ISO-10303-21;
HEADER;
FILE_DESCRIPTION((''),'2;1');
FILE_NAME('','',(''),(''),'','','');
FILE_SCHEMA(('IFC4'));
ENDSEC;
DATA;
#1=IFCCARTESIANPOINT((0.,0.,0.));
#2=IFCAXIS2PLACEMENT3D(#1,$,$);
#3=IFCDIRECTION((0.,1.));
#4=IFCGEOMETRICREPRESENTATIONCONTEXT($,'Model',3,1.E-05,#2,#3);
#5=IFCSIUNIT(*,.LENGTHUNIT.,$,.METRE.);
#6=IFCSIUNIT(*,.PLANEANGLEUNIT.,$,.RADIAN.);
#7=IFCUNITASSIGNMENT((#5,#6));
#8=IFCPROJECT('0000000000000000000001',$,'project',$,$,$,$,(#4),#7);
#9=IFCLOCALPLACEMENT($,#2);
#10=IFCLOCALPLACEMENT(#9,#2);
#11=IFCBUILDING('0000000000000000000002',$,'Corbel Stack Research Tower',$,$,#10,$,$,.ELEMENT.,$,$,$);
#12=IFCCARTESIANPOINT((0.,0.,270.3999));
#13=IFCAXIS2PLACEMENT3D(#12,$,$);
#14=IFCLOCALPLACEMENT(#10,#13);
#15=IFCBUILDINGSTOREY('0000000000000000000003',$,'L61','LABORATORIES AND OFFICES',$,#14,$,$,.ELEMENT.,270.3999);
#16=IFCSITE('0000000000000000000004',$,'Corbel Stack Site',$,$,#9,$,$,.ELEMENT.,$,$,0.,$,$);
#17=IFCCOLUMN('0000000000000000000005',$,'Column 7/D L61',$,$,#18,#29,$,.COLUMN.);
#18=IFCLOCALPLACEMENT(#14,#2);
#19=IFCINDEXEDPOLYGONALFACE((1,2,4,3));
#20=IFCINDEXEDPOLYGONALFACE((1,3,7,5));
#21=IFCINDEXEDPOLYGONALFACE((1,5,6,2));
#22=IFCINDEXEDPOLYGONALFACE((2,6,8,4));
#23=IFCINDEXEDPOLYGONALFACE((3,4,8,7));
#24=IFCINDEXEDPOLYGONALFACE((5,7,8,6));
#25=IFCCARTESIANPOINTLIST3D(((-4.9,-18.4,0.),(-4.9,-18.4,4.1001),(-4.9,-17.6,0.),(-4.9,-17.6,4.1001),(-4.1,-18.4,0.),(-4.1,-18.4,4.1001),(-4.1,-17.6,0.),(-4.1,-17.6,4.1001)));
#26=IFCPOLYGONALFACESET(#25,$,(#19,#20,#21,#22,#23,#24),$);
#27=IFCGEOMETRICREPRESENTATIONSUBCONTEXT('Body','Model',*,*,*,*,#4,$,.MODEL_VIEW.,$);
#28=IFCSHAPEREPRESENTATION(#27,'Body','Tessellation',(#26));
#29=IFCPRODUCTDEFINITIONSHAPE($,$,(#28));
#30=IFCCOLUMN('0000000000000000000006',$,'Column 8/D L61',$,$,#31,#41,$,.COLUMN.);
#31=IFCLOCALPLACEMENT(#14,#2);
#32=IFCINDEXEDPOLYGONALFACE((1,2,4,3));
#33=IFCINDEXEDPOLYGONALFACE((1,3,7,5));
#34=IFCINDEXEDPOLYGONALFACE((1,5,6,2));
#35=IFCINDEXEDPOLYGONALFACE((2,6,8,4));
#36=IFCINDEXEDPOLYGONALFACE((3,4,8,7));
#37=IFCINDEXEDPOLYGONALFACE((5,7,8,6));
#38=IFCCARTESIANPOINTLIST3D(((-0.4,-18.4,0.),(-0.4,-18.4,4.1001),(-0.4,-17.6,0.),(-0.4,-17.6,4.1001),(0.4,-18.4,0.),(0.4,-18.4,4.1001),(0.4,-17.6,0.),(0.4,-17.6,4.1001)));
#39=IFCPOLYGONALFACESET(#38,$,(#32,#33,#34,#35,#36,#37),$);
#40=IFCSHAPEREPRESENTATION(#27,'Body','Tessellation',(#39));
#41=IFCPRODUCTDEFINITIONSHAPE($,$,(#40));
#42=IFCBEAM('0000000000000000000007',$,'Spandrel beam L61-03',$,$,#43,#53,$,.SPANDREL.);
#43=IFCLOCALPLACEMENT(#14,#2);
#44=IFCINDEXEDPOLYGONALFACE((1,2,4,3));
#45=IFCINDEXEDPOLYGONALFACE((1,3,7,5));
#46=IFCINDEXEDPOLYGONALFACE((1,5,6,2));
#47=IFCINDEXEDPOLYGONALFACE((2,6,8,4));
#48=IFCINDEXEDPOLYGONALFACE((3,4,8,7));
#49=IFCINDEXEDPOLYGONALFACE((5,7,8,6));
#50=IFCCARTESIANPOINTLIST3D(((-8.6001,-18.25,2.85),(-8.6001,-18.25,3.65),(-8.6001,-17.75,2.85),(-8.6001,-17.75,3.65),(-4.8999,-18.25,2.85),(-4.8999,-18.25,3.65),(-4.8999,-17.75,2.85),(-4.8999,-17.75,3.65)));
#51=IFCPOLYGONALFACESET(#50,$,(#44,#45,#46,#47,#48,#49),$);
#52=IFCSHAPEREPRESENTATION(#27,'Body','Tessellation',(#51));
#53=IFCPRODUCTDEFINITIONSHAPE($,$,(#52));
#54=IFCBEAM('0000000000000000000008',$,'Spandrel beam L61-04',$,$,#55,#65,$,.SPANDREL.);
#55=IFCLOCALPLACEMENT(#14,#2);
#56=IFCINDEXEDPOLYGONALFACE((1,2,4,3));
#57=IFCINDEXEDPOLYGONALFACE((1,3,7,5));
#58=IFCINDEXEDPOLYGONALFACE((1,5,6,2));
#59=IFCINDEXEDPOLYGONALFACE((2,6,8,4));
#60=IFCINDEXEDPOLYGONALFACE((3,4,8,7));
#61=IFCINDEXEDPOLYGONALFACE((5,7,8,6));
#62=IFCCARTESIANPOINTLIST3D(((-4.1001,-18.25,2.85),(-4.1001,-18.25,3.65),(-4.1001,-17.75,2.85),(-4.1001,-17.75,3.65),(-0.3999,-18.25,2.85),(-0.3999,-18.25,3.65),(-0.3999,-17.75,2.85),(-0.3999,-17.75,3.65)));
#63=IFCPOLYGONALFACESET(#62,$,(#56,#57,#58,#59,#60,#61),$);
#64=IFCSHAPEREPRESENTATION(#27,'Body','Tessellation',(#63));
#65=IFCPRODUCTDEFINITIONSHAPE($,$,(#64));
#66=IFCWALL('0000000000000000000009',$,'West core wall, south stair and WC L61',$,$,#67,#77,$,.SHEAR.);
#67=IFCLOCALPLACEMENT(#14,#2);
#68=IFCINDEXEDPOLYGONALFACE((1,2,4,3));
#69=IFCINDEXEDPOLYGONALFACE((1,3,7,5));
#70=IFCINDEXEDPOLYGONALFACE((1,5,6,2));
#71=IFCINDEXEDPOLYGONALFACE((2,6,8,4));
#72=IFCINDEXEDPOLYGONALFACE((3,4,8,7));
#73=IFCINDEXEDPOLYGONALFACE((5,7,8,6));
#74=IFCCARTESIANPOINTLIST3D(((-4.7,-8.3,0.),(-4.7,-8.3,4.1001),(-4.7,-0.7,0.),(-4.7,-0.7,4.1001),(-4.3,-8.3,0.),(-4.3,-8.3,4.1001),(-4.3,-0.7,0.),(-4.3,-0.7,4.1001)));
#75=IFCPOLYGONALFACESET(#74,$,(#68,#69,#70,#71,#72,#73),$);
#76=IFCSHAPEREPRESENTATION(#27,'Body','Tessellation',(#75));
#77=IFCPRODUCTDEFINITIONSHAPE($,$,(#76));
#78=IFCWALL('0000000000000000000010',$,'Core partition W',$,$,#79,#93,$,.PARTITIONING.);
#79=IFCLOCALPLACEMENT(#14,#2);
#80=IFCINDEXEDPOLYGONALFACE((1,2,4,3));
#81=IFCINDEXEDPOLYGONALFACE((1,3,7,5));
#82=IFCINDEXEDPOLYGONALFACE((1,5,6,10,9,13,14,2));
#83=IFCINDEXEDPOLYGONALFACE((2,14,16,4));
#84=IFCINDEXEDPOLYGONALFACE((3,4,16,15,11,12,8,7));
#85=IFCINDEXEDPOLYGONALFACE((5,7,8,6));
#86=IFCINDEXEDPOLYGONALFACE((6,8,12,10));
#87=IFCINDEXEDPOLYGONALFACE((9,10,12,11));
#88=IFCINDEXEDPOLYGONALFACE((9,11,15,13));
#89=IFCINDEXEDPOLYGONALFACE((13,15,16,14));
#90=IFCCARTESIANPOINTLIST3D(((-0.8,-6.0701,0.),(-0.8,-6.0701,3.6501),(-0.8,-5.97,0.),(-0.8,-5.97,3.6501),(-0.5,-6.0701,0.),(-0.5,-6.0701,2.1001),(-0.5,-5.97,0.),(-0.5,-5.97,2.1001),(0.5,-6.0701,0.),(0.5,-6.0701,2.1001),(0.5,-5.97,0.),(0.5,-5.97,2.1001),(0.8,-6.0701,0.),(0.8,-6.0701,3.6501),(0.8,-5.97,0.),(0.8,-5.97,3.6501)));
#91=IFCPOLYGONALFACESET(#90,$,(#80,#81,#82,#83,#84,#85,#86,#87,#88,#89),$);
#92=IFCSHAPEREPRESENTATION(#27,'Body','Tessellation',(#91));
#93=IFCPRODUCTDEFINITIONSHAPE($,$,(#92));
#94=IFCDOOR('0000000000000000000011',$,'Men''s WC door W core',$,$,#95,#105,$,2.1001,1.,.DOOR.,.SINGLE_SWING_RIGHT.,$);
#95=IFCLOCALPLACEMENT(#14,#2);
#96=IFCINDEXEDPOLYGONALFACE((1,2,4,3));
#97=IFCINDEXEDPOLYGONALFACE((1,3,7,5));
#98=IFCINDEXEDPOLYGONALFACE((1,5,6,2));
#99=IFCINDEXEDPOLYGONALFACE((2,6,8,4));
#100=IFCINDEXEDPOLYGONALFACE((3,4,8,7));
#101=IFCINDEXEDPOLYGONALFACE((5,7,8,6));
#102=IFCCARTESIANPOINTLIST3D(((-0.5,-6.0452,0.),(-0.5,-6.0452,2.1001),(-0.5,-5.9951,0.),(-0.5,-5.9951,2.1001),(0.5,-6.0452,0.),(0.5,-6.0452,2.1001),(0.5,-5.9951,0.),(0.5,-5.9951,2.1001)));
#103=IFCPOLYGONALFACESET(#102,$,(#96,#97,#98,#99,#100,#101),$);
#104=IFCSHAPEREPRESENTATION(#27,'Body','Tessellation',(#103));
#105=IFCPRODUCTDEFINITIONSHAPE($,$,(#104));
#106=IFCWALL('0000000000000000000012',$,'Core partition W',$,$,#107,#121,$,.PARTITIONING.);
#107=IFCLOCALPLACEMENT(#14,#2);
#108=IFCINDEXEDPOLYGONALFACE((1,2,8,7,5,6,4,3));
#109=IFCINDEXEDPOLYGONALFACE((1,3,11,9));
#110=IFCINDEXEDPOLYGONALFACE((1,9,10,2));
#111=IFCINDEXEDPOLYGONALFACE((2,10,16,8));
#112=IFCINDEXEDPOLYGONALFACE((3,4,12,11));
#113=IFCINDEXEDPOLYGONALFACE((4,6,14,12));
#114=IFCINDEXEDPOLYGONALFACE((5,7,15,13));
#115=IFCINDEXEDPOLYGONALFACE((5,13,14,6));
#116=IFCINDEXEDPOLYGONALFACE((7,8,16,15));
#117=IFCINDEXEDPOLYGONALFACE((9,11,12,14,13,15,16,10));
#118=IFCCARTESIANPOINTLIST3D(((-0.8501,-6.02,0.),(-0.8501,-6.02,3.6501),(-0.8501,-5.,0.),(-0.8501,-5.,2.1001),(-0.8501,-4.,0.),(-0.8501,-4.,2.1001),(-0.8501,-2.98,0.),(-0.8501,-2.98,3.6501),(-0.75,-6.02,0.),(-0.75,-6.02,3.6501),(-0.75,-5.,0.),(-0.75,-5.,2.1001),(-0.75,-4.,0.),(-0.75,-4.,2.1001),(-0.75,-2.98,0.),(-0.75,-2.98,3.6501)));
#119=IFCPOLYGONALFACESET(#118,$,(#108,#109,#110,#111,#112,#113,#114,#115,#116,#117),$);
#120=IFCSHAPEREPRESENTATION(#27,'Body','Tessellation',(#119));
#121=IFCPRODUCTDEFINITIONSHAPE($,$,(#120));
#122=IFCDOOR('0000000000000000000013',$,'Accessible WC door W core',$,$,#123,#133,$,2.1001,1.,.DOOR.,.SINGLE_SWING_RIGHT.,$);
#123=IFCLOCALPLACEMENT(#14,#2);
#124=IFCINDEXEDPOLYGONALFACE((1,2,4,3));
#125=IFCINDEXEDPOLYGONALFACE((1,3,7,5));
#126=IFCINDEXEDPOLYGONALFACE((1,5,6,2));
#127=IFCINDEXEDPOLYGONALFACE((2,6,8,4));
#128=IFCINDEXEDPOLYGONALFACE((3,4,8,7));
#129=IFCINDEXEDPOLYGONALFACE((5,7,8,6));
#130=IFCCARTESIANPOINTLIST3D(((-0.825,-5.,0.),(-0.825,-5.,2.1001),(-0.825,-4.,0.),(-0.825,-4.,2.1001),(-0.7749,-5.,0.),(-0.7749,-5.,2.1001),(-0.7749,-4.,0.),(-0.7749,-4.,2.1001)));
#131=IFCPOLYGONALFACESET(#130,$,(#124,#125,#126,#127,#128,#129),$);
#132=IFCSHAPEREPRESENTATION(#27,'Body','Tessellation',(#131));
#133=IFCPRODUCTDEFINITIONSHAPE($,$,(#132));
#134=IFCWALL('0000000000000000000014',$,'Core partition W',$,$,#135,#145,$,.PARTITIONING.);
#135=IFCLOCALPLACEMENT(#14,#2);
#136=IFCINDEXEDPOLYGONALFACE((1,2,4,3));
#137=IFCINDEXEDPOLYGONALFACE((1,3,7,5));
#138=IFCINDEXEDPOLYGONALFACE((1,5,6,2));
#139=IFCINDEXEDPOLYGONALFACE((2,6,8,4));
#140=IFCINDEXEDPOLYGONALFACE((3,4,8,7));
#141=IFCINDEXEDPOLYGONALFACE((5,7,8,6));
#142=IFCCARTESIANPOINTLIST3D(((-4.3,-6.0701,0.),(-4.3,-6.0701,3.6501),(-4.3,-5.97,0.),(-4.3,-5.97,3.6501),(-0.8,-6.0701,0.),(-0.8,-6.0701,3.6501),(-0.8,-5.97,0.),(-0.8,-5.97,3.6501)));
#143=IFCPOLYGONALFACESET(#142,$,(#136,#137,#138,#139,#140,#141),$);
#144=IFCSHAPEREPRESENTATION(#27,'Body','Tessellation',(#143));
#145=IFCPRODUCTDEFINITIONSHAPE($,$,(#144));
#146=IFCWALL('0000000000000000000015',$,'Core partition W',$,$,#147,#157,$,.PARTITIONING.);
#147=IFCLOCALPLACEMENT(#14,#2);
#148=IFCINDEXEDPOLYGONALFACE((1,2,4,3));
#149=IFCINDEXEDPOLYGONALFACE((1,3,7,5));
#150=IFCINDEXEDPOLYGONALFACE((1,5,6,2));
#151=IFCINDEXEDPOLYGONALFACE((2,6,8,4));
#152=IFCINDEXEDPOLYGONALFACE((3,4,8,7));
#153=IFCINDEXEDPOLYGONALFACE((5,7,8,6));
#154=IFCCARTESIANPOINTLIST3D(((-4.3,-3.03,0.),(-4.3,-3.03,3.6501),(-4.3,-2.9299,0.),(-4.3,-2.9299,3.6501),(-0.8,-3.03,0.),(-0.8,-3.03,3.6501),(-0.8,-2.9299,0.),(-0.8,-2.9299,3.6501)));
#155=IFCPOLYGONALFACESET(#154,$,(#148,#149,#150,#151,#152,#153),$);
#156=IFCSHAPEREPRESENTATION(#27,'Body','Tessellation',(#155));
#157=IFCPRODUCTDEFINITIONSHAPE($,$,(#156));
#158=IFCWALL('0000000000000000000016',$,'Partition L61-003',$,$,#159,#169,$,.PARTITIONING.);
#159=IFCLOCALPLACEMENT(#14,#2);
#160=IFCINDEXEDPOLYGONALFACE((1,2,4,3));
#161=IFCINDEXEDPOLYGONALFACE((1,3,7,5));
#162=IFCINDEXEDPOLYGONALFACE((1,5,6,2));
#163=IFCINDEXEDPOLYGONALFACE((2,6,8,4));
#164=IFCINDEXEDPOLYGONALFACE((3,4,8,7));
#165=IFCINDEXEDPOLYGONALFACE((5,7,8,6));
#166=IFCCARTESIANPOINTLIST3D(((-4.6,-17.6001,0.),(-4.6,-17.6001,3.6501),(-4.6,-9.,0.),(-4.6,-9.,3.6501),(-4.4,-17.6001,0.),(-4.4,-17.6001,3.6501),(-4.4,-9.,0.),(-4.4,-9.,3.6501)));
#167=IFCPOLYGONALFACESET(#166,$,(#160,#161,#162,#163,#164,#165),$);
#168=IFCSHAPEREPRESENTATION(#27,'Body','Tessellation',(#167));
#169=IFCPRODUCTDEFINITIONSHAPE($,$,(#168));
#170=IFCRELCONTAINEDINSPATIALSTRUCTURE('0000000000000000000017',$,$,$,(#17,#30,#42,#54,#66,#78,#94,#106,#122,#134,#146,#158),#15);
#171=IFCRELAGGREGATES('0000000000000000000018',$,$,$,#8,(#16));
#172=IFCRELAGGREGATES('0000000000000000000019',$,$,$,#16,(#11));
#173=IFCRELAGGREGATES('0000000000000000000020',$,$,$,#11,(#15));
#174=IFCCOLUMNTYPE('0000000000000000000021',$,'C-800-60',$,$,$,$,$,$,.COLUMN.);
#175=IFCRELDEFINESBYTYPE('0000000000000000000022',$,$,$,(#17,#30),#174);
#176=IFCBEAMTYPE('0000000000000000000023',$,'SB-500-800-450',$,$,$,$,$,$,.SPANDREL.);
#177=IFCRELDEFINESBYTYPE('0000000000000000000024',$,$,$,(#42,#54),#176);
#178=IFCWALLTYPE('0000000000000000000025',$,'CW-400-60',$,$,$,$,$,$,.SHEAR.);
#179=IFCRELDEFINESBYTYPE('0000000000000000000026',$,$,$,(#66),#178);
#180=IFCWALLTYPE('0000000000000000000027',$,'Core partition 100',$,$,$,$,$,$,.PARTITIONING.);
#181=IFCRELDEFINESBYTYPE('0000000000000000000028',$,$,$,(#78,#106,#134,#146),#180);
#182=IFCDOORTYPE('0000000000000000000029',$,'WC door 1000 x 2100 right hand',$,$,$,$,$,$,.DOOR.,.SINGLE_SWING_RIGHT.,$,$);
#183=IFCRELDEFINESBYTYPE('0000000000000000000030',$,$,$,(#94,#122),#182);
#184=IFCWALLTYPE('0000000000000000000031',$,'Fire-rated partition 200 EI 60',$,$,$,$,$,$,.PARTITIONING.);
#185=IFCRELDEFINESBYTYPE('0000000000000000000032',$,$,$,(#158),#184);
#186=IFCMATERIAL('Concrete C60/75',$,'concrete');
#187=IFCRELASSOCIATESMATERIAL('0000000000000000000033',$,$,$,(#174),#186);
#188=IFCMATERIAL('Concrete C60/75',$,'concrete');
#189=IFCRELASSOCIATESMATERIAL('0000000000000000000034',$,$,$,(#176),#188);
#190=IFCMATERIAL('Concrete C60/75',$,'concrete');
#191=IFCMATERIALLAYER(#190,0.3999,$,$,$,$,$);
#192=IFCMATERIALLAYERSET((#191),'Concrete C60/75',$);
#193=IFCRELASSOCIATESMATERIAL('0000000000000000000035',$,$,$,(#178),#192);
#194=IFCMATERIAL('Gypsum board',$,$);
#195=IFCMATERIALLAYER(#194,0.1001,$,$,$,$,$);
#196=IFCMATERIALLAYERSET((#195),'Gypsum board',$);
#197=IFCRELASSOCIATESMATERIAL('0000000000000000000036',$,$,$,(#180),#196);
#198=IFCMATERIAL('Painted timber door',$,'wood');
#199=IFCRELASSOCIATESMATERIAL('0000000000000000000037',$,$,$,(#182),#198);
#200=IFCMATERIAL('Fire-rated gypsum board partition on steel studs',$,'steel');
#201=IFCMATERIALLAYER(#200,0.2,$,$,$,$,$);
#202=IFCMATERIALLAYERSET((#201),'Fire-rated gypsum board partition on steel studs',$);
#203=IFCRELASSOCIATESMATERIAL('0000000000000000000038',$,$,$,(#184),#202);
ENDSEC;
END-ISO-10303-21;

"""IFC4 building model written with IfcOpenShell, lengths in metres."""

from ifc_helpers import new_model, si_unit, direction, frame, frame_2d, origin, origin_2d, place, context, subcontext, project, spatial, rectangle, extrude, material, layer, layer_set, material_profile, profile_set, type_object, element, fill, save


model = new_model("IFC4")

# Units and contexts
model_context = context("Model", 3, precision=1e-05, world=origin(), true_north=direction((0.0, 1.0)))
body_context = subcontext(model_context, "Body", "Model", "MODEL_VIEW")
ifc_project = project(units=[si_unit("LENGTHUNIT", "METRE"), si_unit("PLANEANGLEUNIT", "RADIAN")], contexts=[model_context])

# Site, building, storey
site_placement = place(None, origin())
site = spatial("IfcSite", under=ifc_project, at=site_placement, Name="Corbel Stack Site", CompositionType="ELEMENT", RefElevation=0.0)
building_placement = place(site_placement, origin())
building = spatial("IfcBuilding", under=site, at=building_placement, Name="Corbel Stack Research Tower", CompositionType="ELEMENT")
storey_placement = place(building_placement, frame((0.0, 0.0, 270.3999)))
storey = spatial("IfcBuildingStorey", under=building, at=storey_placement, Name="L61", Description="LABORATORIES AND OFFICES", CompositionType="ELEMENT", Elevation=270.3999)

# Columns
ifc_material_1 = material(Name="Concrete C60/75", Category="concrete")
ifc_material_profile_1 = material_profile(ifc_material_1, rectangle(XDim=0.8, YDim=0.8, at=origin_2d()), Name="RC 800 x 800")
ifc_profile_set_1 = profile_set([ifc_material_profile_1], Name="Concrete C60/75")
column_type = type_object("IfcColumnType", Name="C-800-60", PredefinedType="COLUMN", material=ifc_profile_set_1)
for number, where, z_axis, x_axis, name in (
    (1, (-4.5, -18.0, 0.0), (0.0, 0.0, 1.0), (1.0, 0.0, 0.0), "Column 7/D L61"),
    (2, (0.0, -18.0, 0.0), (0.0, 0.0, 1.0), (1.0, 0.0, 0.0), "Column 8/D L61"),
):
    element("IfcColumn", number, at=place(storey_placement, frame(where, z_axis=z_axis, x_axis=x_axis)), inside=storey, type_object=column_type, Name=name, PredefinedType="COLUMN", context=body_context, shape_type="SweptSolid", body=[
        extrude(rectangle(XDim=0.8, YDim=0.8, at=origin_2d()), origin(), (0.0, 0.0, 1.0), 4.1001),
    ])

# Beams
ifc_material_2 = material(Name="Concrete C60/75", Category="concrete")
ifc_material_profile_2 = material_profile(ifc_material_2, rectangle(XDim=0.5, YDim=0.8, at=origin_2d()), Name="RC 500 x 800")
ifc_profile_set_2 = profile_set([ifc_material_profile_2], Name="Concrete C60/75")
beam_type = type_object("IfcBeamType", Name="SB-500-800-450", PredefinedType="SPANDREL", material=ifc_profile_set_2)
for number, where, z_axis, x_axis, name in (
    (3, (-8.6001, -18.0, 3.25), (1.0, 0.0, 0.0), (0.0, 1.0, 0.0), "Spandrel beam L61-03"),
    (4, (-4.1001, -18.0, 3.25), (1.0, 0.0, 0.0), (0.0, 1.0, 0.0), "Spandrel beam L61-04"),
):
    element("IfcBeam", number, at=place(storey_placement, frame(where, z_axis=z_axis, x_axis=x_axis)), inside=storey, type_object=beam_type, Name=name, PredefinedType="SPANDREL", context=body_context, shape_type="SweptSolid", body=[
        extrude(rectangle(XDim=0.5, YDim=0.8, at=origin_2d()), origin(), (0.0, 0.0, 1.0), 3.7002),
    ])

# Wall
ifc_material_3 = material(Name="Concrete C60/75", Category="concrete")
ifc_layer_1 = layer(ifc_material_3, 0.3999)
ifc_layer_set_1 = layer_set([ifc_layer_1], Name="Concrete C60/75")
wall_type_1 = type_object("IfcWallType", Name="CW-400-60", PredefinedType="SHEAR", material=ifc_layer_set_1)
wall_1_placement = place(storey_placement, frame((-4.5, -8.3, 0.0), z_axis=(0.0, 0.0, 1.0), x_axis=(0.0, 1.0, 0.0)))
element("IfcWall", 5, at=wall_1_placement, inside=storey, type_object=wall_type_1, Name="West core wall, south stair and WC L61", PredefinedType="SHEAR", context=body_context, shape_type="SweptSolid", body=[
    extrude(rectangle(XDim=7.6001, YDim=0.3999, at=frame_2d((3.8, 0.0))), origin(), (0.0, 0.0, 1.0), 4.1001),
])

# Walls, openings, doors
ifc_material_4 = material(Name="Gypsum board")
ifc_layer_2 = layer(ifc_material_4, 0.1001)
ifc_layer_set_2 = layer_set([ifc_layer_2], Name="Gypsum board")
wall_type_2 = type_object("IfcWallType", Name="Core partition 100", PredefinedType="PARTITIONING", material=ifc_layer_set_2)
wall_2_placement = place(storey_placement, frame((-0.8, -6.02, 0.0), z_axis=(0.0, 0.0, 1.0), x_axis=(1.0, 0.0, 0.0)))
wall_2 = element("IfcWall", 6, at=wall_2_placement, inside=storey, type_object=wall_type_2, Name="Core partition W", PredefinedType="PARTITIONING", context=body_context, shape_type="SweptSolid", body=[
    extrude(rectangle(XDim=1.6001, YDim=0.1001, at=frame_2d((0.8, 0.0))), origin(), (0.0, 0.0, 1.0), 3.6501),
])
opening_1_placement = place(wall_2_placement, frame((0.3, 0.0, 0.0)))
opening_1 = element("IfcOpeningElement", 7, at=opening_1_placement, cuts=wall_2, PredefinedType="OPENING", context=body_context, shape_type="SweptSolid", body=[
    extrude(rectangle(XDim=1.0, YDim=2.1001, at=frame_2d((0.5, 1.05))), frame((0.0, 0.0601, 0.0), z_axis=(0.0, -1.0, 0.0), x_axis=(1.0, 0.0, 0.0)), (0.0, 0.0, 1.0), 0.1201),
])
ifc_material_5 = material(Name="Painted timber door", Category="wood")
door_type = type_object("IfcDoorType", Name="WC door 1000 x 2100 right hand", OperationType="SINGLE_SWING_RIGHT", PredefinedType="DOOR", material=ifc_material_5)
door_1_placement = place(opening_1_placement, origin())
door_1 = element("IfcDoor", 8, at=door_1_placement, inside=storey, type_object=door_type, Name="Men's WC door W core", OperationType="SINGLE_SWING_RIGHT", OverallHeight=2.1001, OverallWidth=1.0, PredefinedType="DOOR", context=body_context, shape_type="SweptSolid", body=[
    extrude(rectangle(XDim=1.0, YDim=2.1001, at=frame_2d((0.5, 1.05))), frame((0.0, 0.0249, 0.0), z_axis=(0.0, -1.0, 0.0), x_axis=(1.0, 0.0, 0.0)), (0.0, 0.0, 1.0), 0.05),
])
fill(opening_1, door_1)
wall_3_placement = place(storey_placement, frame((-0.8, -6.02, 0.0), z_axis=(0.0, 0.0, 1.0), x_axis=(0.0, 1.0, 0.0)))
wall_3 = element("IfcWall", 9, at=wall_3_placement, inside=storey, type_object=wall_type_2, Name="Core partition W", PredefinedType="PARTITIONING", context=body_context, shape_type="SweptSolid", body=[
    extrude(rectangle(XDim=3.04, YDim=0.1001, at=frame_2d((1.52, 0.0))), origin(), (0.0, 0.0, 1.0), 3.6501),
])
opening_2_placement = place(wall_3_placement, frame((1.02, 0.0, 0.0)))
opening_2 = element("IfcOpeningElement", 10, at=opening_2_placement, cuts=wall_3, PredefinedType="OPENING", context=body_context, shape_type="SweptSolid", body=[
    extrude(rectangle(XDim=1.0, YDim=2.1001, at=frame_2d((0.5, 1.05))), frame((0.0, 0.0601, 0.0), z_axis=(0.0, -1.0, 0.0), x_axis=(1.0, 0.0, 0.0)), (0.0, 0.0, 1.0), 0.1201),
])
door_2_placement = place(opening_2_placement, origin())
door_2 = element("IfcDoor", 11, at=door_2_placement, inside=storey, type_object=door_type, Name="Accessible WC door W core", OperationType="SINGLE_SWING_RIGHT", OverallHeight=2.1001, OverallWidth=1.0, PredefinedType="DOOR", context=body_context, shape_type="SweptSolid", body=[
    extrude(rectangle(XDim=1.0, YDim=2.1001, at=frame_2d((0.5, 1.05))), frame((0.0, 0.0249, 0.0), z_axis=(0.0, -1.0, 0.0), x_axis=(1.0, 0.0, 0.0)), (0.0, 0.0, 1.0), 0.05),
])
fill(opening_2, door_2)

# Walls
for number, where, z_axis, x_axis, name in (
    (12, (-4.3, -6.02, 0.0), (0.0, 0.0, 1.0), (1.0, 0.0, 0.0), "Core partition W"),
    (13, (-4.3, -2.98, 0.0), (0.0, 0.0, 1.0), (1.0, 0.0, 0.0), "Core partition W"),
):
    element("IfcWall", number, at=place(storey_placement, frame(where, z_axis=z_axis, x_axis=x_axis)), inside=storey, type_object=wall_type_2, Name=name, PredefinedType="PARTITIONING", context=body_context, shape_type="SweptSolid", body=[
        extrude(rectangle(XDim=3.5, YDim=0.1001, at=frame_2d((1.75, 0.0))), origin(), (0.0, 0.0, 1.0), 3.6501),
    ])
ifc_material_6 = material(Name="Fire-rated gypsum board partition on steel studs", Category="steel")
ifc_layer_3 = layer(ifc_material_6, 0.2)
ifc_layer_set_3 = layer_set([ifc_layer_3], Name="Fire-rated gypsum board partition on steel studs")
wall_type_3 = type_object("IfcWallType", Name="Fire-rated partition 200 EI 60", PredefinedType="PARTITIONING", material=ifc_layer_set_3)
wall_4_placement = place(storey_placement, frame((-4.5, -17.6001, 0.0), z_axis=(0.0, 0.0, 1.0), x_axis=(0.0, 1.0, 0.0)))
element("IfcWall", 14, at=wall_4_placement, inside=storey, type_object=wall_type_3, Name="Partition L61-003", PredefinedType="PARTITIONING", context=body_context, shape_type="SweptSolid", body=[
    extrude(rectangle(XDim=8.6001, YDim=0.2, at=frame_2d((4.3, 0.0))), origin(), (0.0, 0.0, 1.0), 3.6501),
])

save(model, "model.ifc")
